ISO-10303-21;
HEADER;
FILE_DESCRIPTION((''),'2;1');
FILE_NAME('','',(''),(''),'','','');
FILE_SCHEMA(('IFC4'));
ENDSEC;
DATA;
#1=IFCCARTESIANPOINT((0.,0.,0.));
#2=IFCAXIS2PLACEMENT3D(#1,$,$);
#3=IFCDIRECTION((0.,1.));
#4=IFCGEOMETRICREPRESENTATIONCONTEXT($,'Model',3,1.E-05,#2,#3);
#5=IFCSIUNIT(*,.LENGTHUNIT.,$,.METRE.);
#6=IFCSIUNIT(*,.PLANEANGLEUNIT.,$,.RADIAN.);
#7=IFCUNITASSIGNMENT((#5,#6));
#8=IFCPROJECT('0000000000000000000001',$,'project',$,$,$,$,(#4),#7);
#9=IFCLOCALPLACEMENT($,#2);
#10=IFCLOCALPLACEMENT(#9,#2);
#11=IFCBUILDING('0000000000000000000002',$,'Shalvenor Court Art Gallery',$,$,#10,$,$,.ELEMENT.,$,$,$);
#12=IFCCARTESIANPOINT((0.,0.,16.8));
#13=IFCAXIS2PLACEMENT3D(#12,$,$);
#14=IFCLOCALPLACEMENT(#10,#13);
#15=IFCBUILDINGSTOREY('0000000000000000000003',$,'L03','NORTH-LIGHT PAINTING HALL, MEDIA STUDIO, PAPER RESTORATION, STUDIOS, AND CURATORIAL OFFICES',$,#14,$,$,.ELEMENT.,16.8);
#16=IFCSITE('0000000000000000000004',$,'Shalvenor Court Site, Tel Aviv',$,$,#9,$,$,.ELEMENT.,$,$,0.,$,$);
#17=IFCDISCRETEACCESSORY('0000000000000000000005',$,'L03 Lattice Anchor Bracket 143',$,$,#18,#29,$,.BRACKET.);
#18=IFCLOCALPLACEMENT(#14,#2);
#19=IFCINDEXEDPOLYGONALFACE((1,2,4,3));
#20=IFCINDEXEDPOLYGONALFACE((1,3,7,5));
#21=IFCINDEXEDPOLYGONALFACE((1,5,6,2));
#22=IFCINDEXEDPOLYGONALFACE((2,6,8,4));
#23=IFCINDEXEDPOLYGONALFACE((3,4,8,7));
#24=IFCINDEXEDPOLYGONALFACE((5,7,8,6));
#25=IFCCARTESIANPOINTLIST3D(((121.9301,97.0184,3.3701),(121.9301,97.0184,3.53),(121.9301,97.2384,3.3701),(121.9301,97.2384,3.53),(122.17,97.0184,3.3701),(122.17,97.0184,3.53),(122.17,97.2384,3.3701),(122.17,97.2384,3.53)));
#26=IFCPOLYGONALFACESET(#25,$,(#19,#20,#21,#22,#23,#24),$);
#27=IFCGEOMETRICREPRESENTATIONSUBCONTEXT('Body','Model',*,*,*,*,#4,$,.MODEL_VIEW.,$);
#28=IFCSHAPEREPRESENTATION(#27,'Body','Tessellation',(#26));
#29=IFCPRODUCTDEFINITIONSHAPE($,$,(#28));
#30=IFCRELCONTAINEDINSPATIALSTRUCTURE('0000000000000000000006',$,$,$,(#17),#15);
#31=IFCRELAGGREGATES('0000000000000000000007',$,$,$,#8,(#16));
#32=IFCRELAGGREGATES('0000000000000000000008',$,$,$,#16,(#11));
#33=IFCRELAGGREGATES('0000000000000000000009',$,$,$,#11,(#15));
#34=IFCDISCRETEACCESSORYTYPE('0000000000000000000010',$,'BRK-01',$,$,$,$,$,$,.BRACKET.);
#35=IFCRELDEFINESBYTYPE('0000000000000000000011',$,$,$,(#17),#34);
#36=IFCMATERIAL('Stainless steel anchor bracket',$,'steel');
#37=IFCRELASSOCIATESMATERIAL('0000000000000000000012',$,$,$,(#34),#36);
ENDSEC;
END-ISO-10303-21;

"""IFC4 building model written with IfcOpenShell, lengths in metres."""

from ifc_helpers import new_model, si_unit, direction, frame, origin, origin_2d, place, context, subcontext, project, spatial, rectangle, extrude, material, type_object, element, save


model = new_model("IFC4")

# Units and contexts
model_context = context("Model", 3, precision=1e-05, world=origin(), true_north=direction((0.0, 1.0)))
body_context = subcontext(model_context, "Body", "Model", "MODEL_VIEW")
ifc_project = project(units=[si_unit("LENGTHUNIT", "METRE"), si_unit("PLANEANGLEUNIT", "RADIAN")], contexts=[model_context])

# Site, building, storey
site_placement = place(None, origin())
site = spatial("IfcSite", under=ifc_project, at=site_placement, Name="Shalvenor Court Site, Tel Aviv", CompositionType="ELEMENT", RefElevation=0.0)
building_placement = place(site_placement, origin())
building = spatial("IfcBuilding", under=site, at=building_placement, Name="Shalvenor Court Art Gallery", CompositionType="ELEMENT")
storey_placement = place(building_placement, frame((0.0, 0.0, 16.8)))
storey = spatial("IfcBuildingStorey", under=building, at=storey_placement, Name="L03", Description="NORTH-LIGHT PAINTING HALL, MEDIA STUDIO, PAPER RESTORATION, STUDIOS, AND CURATORIAL OFFICES", CompositionType="ELEMENT", Elevation=16.8)

# Discrete accessory
ifc_material_1 = material(Name="Stainless steel anchor bracket", Category="steel")
discrete_accessory_type = type_object("IfcDiscreteAccessoryType", Name="BRK-01", PredefinedType="BRACKET", material=ifc_material_1)
discrete_accessory_placement = place(storey_placement, frame((122.05, 97.1284, 3.3701), z_axis=(0.0, 0.0, 1.0), x_axis=(-1.0, 0.0, 0.0)))
element("IfcDiscreteAccessory", 1, at=discrete_accessory_placement, inside=storey, type_object=discrete_accessory_type, Name="L03 Lattice Anchor Bracket 143", PredefinedType="BRACKET", context=body_context, shape_type="SweptSolid", body=[
    extrude(rectangle(XDim=0.24, YDim=0.22, at=origin_2d()), origin(), (0.0, 0.0, 1.0), 0.1599),
])

save(model, "model.ifc")
